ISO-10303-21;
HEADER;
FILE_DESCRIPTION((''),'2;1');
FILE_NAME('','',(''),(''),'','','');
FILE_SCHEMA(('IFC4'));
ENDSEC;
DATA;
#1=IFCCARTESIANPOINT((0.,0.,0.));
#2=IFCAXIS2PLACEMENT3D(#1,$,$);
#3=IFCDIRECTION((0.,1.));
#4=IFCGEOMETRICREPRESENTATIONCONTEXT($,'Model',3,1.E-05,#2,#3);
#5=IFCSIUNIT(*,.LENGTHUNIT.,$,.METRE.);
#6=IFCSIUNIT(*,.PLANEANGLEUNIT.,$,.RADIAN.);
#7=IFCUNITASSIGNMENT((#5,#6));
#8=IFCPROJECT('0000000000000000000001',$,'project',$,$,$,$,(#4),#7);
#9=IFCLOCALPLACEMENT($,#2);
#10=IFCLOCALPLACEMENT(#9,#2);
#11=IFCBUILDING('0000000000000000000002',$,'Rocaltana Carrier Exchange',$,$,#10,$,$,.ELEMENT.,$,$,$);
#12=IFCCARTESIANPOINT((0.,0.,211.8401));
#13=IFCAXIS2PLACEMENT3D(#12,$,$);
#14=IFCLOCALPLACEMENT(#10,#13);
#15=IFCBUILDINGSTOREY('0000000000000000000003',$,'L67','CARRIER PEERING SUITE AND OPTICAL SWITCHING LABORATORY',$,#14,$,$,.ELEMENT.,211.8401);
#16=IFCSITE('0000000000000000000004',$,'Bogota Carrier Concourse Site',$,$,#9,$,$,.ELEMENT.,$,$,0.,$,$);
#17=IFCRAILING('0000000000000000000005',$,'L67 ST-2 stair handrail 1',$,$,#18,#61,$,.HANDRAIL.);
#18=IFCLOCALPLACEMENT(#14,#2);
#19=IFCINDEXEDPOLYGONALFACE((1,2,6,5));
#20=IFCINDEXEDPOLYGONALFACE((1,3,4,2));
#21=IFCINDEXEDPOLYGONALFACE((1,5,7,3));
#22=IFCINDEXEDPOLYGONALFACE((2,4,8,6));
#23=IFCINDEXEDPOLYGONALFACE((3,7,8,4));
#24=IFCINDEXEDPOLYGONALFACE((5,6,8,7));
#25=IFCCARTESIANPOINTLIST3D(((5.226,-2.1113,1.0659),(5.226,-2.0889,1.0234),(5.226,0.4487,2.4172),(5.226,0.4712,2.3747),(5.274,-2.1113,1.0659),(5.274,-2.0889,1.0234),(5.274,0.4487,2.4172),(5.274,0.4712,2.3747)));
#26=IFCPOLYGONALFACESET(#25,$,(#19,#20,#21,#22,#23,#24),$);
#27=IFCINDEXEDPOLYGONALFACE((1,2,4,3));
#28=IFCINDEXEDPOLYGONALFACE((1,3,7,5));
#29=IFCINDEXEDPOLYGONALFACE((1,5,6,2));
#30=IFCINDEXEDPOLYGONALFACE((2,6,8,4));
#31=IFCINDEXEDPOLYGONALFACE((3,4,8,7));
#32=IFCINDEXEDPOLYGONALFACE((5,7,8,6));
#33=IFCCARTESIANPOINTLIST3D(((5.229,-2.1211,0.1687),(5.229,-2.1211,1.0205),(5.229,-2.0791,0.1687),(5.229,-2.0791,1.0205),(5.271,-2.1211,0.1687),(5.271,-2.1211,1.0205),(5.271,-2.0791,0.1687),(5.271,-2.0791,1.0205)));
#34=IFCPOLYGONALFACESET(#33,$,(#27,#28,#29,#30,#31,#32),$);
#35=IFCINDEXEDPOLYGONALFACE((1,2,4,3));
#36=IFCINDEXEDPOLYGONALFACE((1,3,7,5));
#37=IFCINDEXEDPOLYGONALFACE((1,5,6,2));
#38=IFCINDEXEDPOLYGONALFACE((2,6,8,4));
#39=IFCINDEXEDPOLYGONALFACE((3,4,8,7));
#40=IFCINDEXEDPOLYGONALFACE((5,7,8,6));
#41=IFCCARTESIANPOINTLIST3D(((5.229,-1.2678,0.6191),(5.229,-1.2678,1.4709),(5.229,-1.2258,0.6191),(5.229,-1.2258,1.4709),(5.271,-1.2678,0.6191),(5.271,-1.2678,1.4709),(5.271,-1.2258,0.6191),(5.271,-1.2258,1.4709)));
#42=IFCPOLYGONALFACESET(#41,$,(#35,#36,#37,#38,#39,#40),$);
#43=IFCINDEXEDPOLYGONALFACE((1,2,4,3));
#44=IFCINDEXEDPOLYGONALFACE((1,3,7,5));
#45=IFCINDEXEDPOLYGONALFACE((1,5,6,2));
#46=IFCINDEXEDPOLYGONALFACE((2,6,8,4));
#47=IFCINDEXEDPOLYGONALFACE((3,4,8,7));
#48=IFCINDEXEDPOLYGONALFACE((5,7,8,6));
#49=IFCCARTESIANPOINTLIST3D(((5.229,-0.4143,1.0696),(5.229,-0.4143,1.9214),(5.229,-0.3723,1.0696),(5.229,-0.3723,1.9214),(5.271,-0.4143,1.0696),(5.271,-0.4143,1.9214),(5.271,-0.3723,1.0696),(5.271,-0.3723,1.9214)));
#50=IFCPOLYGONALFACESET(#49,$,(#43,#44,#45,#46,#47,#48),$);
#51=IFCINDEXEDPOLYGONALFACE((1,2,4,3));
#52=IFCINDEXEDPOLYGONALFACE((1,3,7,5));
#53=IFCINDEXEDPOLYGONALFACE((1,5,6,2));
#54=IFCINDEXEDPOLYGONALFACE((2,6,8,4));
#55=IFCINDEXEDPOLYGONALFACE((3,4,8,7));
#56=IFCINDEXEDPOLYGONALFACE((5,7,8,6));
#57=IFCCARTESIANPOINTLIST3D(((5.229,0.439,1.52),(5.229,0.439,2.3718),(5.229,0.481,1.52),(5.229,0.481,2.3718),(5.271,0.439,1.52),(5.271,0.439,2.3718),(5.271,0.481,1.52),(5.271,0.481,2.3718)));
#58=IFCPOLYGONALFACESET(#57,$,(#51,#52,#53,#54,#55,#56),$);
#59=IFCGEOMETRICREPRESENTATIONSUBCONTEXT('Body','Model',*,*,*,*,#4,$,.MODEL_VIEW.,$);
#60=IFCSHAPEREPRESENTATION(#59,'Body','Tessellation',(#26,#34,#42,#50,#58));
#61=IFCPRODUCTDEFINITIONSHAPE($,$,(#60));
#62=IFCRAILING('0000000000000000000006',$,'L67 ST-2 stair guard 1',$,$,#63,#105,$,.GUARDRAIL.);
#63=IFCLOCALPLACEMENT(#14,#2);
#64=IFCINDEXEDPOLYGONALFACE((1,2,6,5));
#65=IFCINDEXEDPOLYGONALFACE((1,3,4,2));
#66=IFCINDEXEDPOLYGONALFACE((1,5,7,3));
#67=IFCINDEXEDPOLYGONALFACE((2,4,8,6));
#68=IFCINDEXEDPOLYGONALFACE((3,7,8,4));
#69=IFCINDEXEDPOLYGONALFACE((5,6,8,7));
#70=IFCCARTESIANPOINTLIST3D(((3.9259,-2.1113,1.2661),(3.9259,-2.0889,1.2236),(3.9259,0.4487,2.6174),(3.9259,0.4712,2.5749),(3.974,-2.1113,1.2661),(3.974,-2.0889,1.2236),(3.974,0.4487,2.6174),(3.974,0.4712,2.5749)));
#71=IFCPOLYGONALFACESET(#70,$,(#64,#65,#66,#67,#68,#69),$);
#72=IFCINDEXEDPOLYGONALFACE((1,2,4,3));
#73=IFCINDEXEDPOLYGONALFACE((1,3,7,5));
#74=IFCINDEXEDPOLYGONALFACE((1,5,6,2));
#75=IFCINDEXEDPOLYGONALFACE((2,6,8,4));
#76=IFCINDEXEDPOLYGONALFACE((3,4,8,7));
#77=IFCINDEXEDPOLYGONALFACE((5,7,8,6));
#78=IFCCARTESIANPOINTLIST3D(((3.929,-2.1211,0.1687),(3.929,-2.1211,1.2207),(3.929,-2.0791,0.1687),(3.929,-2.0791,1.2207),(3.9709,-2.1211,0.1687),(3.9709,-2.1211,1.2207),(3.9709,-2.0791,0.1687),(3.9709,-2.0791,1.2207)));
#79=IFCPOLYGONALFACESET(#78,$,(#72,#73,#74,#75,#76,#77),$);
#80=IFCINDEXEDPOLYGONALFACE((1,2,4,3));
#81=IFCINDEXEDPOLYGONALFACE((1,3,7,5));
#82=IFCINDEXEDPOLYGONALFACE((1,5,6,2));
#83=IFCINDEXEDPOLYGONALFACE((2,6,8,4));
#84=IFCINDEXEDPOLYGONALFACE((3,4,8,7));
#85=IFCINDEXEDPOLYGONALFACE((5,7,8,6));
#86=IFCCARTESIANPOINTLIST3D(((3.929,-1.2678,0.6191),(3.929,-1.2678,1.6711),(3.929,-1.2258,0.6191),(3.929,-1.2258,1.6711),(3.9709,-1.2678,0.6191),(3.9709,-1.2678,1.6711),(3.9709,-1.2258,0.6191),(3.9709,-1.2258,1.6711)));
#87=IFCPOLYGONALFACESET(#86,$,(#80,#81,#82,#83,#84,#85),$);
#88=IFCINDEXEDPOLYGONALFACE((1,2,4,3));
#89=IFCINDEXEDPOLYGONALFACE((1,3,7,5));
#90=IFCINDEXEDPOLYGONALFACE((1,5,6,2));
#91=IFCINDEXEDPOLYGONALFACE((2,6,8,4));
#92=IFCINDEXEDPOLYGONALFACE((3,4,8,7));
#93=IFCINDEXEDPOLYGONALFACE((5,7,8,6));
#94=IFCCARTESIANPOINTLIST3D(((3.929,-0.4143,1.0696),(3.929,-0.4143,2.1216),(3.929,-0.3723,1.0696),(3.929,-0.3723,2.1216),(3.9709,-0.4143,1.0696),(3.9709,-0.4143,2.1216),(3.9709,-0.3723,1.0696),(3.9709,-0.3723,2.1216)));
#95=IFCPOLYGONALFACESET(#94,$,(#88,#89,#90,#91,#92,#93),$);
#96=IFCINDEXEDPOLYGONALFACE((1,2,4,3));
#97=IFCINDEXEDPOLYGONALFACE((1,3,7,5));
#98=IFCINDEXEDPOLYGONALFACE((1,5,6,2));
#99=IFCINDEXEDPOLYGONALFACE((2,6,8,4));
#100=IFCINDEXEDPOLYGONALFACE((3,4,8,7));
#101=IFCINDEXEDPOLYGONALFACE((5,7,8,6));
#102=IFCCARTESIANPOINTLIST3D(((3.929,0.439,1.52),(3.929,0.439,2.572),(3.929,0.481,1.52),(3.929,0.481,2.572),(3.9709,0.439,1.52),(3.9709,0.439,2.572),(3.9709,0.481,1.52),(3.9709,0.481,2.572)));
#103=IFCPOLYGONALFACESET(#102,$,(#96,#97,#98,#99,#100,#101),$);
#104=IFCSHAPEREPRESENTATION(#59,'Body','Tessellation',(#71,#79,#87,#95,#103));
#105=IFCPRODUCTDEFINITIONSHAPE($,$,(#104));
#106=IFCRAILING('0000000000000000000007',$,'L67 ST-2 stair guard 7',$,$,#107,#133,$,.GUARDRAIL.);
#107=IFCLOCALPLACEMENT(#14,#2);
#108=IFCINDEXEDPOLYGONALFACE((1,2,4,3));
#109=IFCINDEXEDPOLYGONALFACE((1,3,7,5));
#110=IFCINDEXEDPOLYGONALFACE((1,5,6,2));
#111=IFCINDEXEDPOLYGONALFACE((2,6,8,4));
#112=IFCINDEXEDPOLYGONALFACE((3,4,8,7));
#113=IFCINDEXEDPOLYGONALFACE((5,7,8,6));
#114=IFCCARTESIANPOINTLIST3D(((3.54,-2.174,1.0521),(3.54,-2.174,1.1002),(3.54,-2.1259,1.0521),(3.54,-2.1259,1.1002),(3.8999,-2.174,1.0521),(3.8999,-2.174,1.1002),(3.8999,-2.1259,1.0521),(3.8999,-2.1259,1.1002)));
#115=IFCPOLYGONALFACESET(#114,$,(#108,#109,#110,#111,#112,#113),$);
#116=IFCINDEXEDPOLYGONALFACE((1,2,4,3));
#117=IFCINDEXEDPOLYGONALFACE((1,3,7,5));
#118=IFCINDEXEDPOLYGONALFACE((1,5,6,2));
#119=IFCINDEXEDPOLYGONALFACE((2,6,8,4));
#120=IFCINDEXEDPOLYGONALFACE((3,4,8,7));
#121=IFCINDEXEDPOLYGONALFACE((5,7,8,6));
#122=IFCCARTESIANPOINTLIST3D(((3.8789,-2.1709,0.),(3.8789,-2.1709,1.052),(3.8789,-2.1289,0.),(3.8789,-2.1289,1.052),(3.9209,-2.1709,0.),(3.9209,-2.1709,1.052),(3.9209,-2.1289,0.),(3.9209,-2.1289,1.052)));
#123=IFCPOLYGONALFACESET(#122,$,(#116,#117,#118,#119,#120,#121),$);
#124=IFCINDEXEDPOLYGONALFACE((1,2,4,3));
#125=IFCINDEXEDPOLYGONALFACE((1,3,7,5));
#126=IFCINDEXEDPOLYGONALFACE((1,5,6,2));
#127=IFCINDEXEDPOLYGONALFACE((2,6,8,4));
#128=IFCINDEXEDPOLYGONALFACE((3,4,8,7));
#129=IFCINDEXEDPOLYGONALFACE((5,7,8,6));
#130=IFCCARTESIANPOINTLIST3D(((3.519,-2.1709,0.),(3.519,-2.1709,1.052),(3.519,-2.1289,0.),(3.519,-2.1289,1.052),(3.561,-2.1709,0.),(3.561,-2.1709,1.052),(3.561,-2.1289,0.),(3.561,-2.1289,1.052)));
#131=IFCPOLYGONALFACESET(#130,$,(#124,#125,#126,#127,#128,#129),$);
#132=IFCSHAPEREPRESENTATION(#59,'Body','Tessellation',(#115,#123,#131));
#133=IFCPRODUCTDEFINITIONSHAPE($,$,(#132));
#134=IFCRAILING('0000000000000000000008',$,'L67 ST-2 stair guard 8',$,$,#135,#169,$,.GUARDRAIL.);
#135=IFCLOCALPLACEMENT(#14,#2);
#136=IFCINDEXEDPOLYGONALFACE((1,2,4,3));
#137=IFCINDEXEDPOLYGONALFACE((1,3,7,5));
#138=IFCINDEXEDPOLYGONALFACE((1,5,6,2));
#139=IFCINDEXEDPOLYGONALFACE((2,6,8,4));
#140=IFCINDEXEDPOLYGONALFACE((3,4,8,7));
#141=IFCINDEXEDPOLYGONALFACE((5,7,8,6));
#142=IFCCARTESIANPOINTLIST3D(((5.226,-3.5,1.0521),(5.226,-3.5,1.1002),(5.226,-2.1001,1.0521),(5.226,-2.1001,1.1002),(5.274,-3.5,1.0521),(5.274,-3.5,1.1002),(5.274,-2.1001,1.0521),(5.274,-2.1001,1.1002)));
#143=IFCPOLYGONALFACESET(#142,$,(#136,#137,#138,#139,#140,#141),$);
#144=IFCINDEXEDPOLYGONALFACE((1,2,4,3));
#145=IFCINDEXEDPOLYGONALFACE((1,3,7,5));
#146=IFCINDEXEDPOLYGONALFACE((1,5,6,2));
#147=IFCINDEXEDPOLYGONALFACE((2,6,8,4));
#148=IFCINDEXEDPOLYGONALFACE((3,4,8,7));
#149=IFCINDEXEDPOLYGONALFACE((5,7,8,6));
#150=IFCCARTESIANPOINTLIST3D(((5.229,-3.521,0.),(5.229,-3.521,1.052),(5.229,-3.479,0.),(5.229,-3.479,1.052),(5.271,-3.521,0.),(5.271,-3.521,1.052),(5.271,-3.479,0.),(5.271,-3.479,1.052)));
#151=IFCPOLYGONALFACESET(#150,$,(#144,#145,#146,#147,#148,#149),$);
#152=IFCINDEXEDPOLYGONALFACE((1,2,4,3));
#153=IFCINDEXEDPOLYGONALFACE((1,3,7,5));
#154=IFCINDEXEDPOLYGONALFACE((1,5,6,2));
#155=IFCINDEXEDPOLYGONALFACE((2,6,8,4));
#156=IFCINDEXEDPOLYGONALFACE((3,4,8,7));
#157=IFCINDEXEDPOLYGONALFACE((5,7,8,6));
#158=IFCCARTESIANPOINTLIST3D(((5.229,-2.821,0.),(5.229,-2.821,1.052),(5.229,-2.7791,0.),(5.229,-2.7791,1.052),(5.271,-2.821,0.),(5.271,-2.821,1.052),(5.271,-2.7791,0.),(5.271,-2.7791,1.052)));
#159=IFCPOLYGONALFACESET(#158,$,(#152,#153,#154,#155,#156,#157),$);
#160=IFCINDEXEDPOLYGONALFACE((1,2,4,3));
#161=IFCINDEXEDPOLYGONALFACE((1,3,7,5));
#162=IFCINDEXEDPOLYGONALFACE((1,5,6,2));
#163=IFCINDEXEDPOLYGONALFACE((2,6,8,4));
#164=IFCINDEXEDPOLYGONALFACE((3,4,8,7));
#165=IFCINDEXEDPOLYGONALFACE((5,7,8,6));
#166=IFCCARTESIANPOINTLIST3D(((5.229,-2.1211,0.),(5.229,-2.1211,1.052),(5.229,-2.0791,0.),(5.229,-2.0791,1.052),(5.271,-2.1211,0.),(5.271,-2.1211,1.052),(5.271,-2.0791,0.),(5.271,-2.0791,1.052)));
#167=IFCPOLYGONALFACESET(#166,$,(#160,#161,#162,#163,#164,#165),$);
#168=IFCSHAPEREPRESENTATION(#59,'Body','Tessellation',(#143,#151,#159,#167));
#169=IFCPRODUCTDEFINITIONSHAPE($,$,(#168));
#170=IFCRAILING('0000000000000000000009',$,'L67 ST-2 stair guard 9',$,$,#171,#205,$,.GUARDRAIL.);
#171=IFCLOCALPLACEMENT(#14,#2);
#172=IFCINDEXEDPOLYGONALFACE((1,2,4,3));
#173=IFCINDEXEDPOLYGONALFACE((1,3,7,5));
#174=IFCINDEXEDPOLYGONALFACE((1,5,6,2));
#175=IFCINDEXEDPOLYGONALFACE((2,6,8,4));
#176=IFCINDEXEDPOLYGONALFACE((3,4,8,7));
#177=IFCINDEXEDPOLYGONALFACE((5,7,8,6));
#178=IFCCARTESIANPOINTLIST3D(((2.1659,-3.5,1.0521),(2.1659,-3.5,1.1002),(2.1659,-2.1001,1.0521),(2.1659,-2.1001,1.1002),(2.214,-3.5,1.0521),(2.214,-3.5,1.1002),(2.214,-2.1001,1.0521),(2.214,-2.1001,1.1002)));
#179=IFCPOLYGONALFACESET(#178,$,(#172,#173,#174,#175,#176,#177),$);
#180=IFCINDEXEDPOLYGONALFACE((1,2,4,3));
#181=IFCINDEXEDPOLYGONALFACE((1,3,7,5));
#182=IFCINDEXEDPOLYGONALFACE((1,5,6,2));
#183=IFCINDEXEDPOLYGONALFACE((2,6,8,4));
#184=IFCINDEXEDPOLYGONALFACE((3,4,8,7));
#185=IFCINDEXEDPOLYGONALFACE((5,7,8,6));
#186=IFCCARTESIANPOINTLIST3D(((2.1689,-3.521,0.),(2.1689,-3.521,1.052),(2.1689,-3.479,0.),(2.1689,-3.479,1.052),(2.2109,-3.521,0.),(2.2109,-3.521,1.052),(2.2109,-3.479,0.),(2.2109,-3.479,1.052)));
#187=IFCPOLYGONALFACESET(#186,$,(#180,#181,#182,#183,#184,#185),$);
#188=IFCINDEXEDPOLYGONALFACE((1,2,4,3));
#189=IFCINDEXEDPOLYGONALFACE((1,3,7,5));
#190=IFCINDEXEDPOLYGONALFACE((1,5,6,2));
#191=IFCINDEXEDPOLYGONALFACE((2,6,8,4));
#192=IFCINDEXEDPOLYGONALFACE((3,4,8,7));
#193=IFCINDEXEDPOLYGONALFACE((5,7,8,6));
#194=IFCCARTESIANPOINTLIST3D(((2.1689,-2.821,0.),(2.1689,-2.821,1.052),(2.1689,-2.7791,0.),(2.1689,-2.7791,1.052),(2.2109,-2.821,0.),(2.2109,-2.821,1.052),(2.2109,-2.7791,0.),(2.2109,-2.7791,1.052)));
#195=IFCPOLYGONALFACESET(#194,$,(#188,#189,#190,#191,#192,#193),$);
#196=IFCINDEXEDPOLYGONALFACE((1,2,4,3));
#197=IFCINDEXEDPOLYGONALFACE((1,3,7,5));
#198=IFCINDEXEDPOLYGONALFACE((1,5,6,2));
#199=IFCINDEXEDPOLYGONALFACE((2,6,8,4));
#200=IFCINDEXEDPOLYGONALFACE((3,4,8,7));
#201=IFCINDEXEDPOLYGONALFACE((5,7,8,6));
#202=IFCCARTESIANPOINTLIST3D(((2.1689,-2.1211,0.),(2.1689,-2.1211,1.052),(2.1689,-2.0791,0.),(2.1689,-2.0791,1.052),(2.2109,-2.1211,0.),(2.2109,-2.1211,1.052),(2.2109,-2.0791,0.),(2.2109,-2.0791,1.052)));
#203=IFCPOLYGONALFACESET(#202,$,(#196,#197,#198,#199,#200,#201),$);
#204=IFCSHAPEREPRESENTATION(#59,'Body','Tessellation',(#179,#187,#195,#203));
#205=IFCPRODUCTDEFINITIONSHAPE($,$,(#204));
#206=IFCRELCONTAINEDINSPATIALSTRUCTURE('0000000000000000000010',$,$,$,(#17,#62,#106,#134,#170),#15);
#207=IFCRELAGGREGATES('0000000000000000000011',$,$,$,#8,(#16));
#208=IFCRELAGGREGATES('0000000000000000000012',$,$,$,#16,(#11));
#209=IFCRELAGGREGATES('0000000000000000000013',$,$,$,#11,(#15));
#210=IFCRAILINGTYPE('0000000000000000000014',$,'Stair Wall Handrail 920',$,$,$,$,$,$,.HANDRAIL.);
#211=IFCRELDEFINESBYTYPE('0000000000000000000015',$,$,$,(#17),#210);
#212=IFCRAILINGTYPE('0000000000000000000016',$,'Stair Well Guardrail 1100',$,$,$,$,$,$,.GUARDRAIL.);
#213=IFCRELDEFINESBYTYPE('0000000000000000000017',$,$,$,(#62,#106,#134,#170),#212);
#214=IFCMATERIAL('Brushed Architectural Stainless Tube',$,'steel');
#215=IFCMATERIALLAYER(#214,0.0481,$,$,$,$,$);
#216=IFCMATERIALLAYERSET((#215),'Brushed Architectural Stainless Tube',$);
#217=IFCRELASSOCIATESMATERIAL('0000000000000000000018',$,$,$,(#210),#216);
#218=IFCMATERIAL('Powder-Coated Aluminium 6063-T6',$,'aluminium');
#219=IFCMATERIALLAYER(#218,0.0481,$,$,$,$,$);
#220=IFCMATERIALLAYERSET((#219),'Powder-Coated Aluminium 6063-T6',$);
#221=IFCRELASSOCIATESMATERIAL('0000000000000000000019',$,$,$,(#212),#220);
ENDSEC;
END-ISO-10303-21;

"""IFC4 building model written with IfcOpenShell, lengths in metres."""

from ifc_helpers import new_model, si_unit, direction, frame, origin, origin_2d, place, context, subcontext, project, spatial, rectangle, extrude, material, layer, layer_set, type_object, element, save


model = new_model("IFC4")

# Units and contexts
model_context = context("Model", 3, precision=1e-05, world=origin(), true_north=direction((0.0, 1.0)))
body_context = subcontext(model_context, "Body", "Model", "MODEL_VIEW")
ifc_project = project(units=[si_unit("LENGTHUNIT", "METRE"), si_unit("PLANEANGLEUNIT", "RADIAN")], contexts=[model_context])

# Site, building, storey
site_placement = place(None, origin())
site = spatial("IfcSite", under=ifc_project, at=site_placement, Name="Bogota Carrier Concourse Site", CompositionType="ELEMENT", RefElevation=0.0)
building_placement = place(site_placement, origin())
building = spatial("IfcBuilding", under=site, at=building_placement, Name="Rocaltana Carrier Exchange", CompositionType="ELEMENT")
storey_placement = place(building_placement, frame((0.0, 0.0, 211.8401)))
storey = spatial("IfcBuildingStorey", under=building, at=storey_placement, Name="L67", Description="CARRIER PEERING SUITE AND OPTICAL SWITCHING LABORATORY", CompositionType="ELEMENT", Elevation=211.8401)

# Railings
ifc_material_1 = material(Name="Brushed Architectural Stainless Tube", Category="steel")
ifc_layer_1 = layer(ifc_material_1, 0.0481)
ifc_layer_set_1 = layer_set([ifc_layer_1], Name="Brushed Architectural Stainless Tube")
railing_type_1 = type_object("IfcRailingType", Name="Stair Wall Handrail 920", PredefinedType="HANDRAIL", material=ifc_layer_set_1)
railing_1_placement = place(storey_placement, frame((5.25, -2.1001, 0.1687)))
element("IfcRailing", 1, at=railing_1_placement, inside=storey, type_object=railing_type_1, Name="L67 ST-2 stair handrail 1", PredefinedType="HANDRAIL", context=body_context, shape_type="SweptSolid", body=[
    extrude(rectangle(XDim=0.0481, YDim=0.0481, at=origin_2d()), frame((0.0, 0.0, 0.876), z_axis=(0.0, 0.88436, 0.466806), x_axis=(-1.0, 0.0, 0.0)), (0.0, 0.0, 1.0), 2.8948),
    extrude(rectangle(XDim=0.042, YDim=0.042, at=origin_2d()), origin(), (0.0, 0.0, 1.0), 0.8518),
    extrude(rectangle(XDim=0.042, YDim=0.042, at=origin_2d()), frame((0.0, 0.8533, 0.4504)), (0.0, 0.0, 1.0), 0.8518),
    extrude(rectangle(XDim=0.042, YDim=0.042, at=origin_2d()), frame((0.0, 1.7068, 0.9009)), (0.0, 0.0, 1.0), 0.8518),
    extrude(rectangle(XDim=0.042, YDim=0.042, at=origin_2d()), frame((0.0, 2.5601, 1.3513)), (0.0, 0.0, 1.0), 0.8518),
])
ifc_material_2 = material(Name="Powder-Coated Aluminium 6063-T6", Category="aluminium")
ifc_layer_2 = layer(ifc_material_2, 0.0481)
ifc_layer_set_2 = layer_set([ifc_layer_2], Name="Powder-Coated Aluminium 6063-T6")
railing_type_2 = type_object("IfcRailingType", Name="Stair Well Guardrail 1100", PredefinedType="GUARDRAIL", material=ifc_layer_set_2)
railing_2_placement = place(storey_placement, frame((3.95, -2.1001, 0.1687)))
element("IfcRailing", 2, at=railing_2_placement, inside=storey, type_object=railing_type_2, Name="L67 ST-2 stair guard 1", PredefinedType="GUARDRAIL", context=body_context, shape_type="SweptSolid", body=[
    extrude(rectangle(XDim=0.0481, YDim=0.0481, at=origin_2d()), frame((0.0, 0.0, 1.0762), z_axis=(0.0, 0.88436, 0.466806), x_axis=(-1.0, 0.0, 0.0)), (0.0, 0.0, 1.0), 2.8948),
    extrude(rectangle(XDim=0.042, YDim=0.042, at=origin_2d()), origin(), (0.0, 0.0, 1.0), 1.052),
    extrude(rectangle(XDim=0.042, YDim=0.042, at=origin_2d()), frame((0.0, 0.8533, 0.4504)), (0.0, 0.0, 1.0), 1.052),
    extrude(rectangle(XDim=0.042, YDim=0.042, at=origin_2d()), frame((0.0, 1.7068, 0.9009)), (0.0, 0.0, 1.0), 1.052),
    extrude(rectangle(XDim=0.042, YDim=0.042, at=origin_2d()), frame((0.0, 2.5601, 1.3513)), (0.0, 0.0, 1.0), 1.052),
])
railing_3_placement = place(storey_placement, frame((3.8999, -2.1499, 0.0)))
element("IfcRailing", 3, at=railing_3_placement, inside=storey, type_object=railing_type_2, Name="L67 ST-2 stair guard 7", PredefinedType="GUARDRAIL", context=body_context, shape_type="SweptSolid", body=[
    extrude(rectangle(XDim=0.0481, YDim=0.0481, at=origin_2d()), frame((0.0, 0.0, 1.0762), z_axis=(-1.0, 0.0, 0.0), x_axis=(0.0, -1.0, 0.0)), (0.0, 0.0, 1.0), 0.3599),
    extrude(rectangle(XDim=0.042, YDim=0.042, at=origin_2d()), origin(), (0.0, 0.0, 1.0), 1.052),
    extrude(rectangle(XDim=0.042, YDim=0.042, at=origin_2d()), frame((-0.3599, 0.0, 0.0)), (0.0, 0.0, 1.0), 1.052),
])
for number, where, name in (
    (4, (5.25, -3.5, 0.0), "L67 ST-2 stair guard 8"),
    (5, (2.1899, -3.5, 0.0), "L67 ST-2 stair guard 9"),
):
    element("IfcRailing", number, at=place(storey_placement, frame(where)), inside=storey, type_object=railing_type_2, Name=name, PredefinedType="GUARDRAIL", context=body_context, shape_type="SweptSolid", body=[
        extrude(rectangle(XDim=0.0481, YDim=0.0481, at=origin_2d()), frame((0.0, 0.0, 1.0762), z_axis=(0.0, 1.0, 0.0), x_axis=(-1.0, 0.0, 0.0)), (0.0, 0.0, 1.0), 1.3999),
        extrude(rectangle(XDim=0.042, YDim=0.042, at=origin_2d()), origin(), (0.0, 0.0, 1.0), 1.052),
        extrude(rectangle(XDim=0.042, YDim=0.042, at=origin_2d()), frame((0.0, 0.7, 0.0)), (0.0, 0.0, 1.0), 1.052),
        extrude(rectangle(XDim=0.042, YDim=0.042, at=origin_2d()), frame((0.0, 1.3999, 0.0)), (0.0, 0.0, 1.0), 1.052),
    ])

save(model, "model.ifc")
